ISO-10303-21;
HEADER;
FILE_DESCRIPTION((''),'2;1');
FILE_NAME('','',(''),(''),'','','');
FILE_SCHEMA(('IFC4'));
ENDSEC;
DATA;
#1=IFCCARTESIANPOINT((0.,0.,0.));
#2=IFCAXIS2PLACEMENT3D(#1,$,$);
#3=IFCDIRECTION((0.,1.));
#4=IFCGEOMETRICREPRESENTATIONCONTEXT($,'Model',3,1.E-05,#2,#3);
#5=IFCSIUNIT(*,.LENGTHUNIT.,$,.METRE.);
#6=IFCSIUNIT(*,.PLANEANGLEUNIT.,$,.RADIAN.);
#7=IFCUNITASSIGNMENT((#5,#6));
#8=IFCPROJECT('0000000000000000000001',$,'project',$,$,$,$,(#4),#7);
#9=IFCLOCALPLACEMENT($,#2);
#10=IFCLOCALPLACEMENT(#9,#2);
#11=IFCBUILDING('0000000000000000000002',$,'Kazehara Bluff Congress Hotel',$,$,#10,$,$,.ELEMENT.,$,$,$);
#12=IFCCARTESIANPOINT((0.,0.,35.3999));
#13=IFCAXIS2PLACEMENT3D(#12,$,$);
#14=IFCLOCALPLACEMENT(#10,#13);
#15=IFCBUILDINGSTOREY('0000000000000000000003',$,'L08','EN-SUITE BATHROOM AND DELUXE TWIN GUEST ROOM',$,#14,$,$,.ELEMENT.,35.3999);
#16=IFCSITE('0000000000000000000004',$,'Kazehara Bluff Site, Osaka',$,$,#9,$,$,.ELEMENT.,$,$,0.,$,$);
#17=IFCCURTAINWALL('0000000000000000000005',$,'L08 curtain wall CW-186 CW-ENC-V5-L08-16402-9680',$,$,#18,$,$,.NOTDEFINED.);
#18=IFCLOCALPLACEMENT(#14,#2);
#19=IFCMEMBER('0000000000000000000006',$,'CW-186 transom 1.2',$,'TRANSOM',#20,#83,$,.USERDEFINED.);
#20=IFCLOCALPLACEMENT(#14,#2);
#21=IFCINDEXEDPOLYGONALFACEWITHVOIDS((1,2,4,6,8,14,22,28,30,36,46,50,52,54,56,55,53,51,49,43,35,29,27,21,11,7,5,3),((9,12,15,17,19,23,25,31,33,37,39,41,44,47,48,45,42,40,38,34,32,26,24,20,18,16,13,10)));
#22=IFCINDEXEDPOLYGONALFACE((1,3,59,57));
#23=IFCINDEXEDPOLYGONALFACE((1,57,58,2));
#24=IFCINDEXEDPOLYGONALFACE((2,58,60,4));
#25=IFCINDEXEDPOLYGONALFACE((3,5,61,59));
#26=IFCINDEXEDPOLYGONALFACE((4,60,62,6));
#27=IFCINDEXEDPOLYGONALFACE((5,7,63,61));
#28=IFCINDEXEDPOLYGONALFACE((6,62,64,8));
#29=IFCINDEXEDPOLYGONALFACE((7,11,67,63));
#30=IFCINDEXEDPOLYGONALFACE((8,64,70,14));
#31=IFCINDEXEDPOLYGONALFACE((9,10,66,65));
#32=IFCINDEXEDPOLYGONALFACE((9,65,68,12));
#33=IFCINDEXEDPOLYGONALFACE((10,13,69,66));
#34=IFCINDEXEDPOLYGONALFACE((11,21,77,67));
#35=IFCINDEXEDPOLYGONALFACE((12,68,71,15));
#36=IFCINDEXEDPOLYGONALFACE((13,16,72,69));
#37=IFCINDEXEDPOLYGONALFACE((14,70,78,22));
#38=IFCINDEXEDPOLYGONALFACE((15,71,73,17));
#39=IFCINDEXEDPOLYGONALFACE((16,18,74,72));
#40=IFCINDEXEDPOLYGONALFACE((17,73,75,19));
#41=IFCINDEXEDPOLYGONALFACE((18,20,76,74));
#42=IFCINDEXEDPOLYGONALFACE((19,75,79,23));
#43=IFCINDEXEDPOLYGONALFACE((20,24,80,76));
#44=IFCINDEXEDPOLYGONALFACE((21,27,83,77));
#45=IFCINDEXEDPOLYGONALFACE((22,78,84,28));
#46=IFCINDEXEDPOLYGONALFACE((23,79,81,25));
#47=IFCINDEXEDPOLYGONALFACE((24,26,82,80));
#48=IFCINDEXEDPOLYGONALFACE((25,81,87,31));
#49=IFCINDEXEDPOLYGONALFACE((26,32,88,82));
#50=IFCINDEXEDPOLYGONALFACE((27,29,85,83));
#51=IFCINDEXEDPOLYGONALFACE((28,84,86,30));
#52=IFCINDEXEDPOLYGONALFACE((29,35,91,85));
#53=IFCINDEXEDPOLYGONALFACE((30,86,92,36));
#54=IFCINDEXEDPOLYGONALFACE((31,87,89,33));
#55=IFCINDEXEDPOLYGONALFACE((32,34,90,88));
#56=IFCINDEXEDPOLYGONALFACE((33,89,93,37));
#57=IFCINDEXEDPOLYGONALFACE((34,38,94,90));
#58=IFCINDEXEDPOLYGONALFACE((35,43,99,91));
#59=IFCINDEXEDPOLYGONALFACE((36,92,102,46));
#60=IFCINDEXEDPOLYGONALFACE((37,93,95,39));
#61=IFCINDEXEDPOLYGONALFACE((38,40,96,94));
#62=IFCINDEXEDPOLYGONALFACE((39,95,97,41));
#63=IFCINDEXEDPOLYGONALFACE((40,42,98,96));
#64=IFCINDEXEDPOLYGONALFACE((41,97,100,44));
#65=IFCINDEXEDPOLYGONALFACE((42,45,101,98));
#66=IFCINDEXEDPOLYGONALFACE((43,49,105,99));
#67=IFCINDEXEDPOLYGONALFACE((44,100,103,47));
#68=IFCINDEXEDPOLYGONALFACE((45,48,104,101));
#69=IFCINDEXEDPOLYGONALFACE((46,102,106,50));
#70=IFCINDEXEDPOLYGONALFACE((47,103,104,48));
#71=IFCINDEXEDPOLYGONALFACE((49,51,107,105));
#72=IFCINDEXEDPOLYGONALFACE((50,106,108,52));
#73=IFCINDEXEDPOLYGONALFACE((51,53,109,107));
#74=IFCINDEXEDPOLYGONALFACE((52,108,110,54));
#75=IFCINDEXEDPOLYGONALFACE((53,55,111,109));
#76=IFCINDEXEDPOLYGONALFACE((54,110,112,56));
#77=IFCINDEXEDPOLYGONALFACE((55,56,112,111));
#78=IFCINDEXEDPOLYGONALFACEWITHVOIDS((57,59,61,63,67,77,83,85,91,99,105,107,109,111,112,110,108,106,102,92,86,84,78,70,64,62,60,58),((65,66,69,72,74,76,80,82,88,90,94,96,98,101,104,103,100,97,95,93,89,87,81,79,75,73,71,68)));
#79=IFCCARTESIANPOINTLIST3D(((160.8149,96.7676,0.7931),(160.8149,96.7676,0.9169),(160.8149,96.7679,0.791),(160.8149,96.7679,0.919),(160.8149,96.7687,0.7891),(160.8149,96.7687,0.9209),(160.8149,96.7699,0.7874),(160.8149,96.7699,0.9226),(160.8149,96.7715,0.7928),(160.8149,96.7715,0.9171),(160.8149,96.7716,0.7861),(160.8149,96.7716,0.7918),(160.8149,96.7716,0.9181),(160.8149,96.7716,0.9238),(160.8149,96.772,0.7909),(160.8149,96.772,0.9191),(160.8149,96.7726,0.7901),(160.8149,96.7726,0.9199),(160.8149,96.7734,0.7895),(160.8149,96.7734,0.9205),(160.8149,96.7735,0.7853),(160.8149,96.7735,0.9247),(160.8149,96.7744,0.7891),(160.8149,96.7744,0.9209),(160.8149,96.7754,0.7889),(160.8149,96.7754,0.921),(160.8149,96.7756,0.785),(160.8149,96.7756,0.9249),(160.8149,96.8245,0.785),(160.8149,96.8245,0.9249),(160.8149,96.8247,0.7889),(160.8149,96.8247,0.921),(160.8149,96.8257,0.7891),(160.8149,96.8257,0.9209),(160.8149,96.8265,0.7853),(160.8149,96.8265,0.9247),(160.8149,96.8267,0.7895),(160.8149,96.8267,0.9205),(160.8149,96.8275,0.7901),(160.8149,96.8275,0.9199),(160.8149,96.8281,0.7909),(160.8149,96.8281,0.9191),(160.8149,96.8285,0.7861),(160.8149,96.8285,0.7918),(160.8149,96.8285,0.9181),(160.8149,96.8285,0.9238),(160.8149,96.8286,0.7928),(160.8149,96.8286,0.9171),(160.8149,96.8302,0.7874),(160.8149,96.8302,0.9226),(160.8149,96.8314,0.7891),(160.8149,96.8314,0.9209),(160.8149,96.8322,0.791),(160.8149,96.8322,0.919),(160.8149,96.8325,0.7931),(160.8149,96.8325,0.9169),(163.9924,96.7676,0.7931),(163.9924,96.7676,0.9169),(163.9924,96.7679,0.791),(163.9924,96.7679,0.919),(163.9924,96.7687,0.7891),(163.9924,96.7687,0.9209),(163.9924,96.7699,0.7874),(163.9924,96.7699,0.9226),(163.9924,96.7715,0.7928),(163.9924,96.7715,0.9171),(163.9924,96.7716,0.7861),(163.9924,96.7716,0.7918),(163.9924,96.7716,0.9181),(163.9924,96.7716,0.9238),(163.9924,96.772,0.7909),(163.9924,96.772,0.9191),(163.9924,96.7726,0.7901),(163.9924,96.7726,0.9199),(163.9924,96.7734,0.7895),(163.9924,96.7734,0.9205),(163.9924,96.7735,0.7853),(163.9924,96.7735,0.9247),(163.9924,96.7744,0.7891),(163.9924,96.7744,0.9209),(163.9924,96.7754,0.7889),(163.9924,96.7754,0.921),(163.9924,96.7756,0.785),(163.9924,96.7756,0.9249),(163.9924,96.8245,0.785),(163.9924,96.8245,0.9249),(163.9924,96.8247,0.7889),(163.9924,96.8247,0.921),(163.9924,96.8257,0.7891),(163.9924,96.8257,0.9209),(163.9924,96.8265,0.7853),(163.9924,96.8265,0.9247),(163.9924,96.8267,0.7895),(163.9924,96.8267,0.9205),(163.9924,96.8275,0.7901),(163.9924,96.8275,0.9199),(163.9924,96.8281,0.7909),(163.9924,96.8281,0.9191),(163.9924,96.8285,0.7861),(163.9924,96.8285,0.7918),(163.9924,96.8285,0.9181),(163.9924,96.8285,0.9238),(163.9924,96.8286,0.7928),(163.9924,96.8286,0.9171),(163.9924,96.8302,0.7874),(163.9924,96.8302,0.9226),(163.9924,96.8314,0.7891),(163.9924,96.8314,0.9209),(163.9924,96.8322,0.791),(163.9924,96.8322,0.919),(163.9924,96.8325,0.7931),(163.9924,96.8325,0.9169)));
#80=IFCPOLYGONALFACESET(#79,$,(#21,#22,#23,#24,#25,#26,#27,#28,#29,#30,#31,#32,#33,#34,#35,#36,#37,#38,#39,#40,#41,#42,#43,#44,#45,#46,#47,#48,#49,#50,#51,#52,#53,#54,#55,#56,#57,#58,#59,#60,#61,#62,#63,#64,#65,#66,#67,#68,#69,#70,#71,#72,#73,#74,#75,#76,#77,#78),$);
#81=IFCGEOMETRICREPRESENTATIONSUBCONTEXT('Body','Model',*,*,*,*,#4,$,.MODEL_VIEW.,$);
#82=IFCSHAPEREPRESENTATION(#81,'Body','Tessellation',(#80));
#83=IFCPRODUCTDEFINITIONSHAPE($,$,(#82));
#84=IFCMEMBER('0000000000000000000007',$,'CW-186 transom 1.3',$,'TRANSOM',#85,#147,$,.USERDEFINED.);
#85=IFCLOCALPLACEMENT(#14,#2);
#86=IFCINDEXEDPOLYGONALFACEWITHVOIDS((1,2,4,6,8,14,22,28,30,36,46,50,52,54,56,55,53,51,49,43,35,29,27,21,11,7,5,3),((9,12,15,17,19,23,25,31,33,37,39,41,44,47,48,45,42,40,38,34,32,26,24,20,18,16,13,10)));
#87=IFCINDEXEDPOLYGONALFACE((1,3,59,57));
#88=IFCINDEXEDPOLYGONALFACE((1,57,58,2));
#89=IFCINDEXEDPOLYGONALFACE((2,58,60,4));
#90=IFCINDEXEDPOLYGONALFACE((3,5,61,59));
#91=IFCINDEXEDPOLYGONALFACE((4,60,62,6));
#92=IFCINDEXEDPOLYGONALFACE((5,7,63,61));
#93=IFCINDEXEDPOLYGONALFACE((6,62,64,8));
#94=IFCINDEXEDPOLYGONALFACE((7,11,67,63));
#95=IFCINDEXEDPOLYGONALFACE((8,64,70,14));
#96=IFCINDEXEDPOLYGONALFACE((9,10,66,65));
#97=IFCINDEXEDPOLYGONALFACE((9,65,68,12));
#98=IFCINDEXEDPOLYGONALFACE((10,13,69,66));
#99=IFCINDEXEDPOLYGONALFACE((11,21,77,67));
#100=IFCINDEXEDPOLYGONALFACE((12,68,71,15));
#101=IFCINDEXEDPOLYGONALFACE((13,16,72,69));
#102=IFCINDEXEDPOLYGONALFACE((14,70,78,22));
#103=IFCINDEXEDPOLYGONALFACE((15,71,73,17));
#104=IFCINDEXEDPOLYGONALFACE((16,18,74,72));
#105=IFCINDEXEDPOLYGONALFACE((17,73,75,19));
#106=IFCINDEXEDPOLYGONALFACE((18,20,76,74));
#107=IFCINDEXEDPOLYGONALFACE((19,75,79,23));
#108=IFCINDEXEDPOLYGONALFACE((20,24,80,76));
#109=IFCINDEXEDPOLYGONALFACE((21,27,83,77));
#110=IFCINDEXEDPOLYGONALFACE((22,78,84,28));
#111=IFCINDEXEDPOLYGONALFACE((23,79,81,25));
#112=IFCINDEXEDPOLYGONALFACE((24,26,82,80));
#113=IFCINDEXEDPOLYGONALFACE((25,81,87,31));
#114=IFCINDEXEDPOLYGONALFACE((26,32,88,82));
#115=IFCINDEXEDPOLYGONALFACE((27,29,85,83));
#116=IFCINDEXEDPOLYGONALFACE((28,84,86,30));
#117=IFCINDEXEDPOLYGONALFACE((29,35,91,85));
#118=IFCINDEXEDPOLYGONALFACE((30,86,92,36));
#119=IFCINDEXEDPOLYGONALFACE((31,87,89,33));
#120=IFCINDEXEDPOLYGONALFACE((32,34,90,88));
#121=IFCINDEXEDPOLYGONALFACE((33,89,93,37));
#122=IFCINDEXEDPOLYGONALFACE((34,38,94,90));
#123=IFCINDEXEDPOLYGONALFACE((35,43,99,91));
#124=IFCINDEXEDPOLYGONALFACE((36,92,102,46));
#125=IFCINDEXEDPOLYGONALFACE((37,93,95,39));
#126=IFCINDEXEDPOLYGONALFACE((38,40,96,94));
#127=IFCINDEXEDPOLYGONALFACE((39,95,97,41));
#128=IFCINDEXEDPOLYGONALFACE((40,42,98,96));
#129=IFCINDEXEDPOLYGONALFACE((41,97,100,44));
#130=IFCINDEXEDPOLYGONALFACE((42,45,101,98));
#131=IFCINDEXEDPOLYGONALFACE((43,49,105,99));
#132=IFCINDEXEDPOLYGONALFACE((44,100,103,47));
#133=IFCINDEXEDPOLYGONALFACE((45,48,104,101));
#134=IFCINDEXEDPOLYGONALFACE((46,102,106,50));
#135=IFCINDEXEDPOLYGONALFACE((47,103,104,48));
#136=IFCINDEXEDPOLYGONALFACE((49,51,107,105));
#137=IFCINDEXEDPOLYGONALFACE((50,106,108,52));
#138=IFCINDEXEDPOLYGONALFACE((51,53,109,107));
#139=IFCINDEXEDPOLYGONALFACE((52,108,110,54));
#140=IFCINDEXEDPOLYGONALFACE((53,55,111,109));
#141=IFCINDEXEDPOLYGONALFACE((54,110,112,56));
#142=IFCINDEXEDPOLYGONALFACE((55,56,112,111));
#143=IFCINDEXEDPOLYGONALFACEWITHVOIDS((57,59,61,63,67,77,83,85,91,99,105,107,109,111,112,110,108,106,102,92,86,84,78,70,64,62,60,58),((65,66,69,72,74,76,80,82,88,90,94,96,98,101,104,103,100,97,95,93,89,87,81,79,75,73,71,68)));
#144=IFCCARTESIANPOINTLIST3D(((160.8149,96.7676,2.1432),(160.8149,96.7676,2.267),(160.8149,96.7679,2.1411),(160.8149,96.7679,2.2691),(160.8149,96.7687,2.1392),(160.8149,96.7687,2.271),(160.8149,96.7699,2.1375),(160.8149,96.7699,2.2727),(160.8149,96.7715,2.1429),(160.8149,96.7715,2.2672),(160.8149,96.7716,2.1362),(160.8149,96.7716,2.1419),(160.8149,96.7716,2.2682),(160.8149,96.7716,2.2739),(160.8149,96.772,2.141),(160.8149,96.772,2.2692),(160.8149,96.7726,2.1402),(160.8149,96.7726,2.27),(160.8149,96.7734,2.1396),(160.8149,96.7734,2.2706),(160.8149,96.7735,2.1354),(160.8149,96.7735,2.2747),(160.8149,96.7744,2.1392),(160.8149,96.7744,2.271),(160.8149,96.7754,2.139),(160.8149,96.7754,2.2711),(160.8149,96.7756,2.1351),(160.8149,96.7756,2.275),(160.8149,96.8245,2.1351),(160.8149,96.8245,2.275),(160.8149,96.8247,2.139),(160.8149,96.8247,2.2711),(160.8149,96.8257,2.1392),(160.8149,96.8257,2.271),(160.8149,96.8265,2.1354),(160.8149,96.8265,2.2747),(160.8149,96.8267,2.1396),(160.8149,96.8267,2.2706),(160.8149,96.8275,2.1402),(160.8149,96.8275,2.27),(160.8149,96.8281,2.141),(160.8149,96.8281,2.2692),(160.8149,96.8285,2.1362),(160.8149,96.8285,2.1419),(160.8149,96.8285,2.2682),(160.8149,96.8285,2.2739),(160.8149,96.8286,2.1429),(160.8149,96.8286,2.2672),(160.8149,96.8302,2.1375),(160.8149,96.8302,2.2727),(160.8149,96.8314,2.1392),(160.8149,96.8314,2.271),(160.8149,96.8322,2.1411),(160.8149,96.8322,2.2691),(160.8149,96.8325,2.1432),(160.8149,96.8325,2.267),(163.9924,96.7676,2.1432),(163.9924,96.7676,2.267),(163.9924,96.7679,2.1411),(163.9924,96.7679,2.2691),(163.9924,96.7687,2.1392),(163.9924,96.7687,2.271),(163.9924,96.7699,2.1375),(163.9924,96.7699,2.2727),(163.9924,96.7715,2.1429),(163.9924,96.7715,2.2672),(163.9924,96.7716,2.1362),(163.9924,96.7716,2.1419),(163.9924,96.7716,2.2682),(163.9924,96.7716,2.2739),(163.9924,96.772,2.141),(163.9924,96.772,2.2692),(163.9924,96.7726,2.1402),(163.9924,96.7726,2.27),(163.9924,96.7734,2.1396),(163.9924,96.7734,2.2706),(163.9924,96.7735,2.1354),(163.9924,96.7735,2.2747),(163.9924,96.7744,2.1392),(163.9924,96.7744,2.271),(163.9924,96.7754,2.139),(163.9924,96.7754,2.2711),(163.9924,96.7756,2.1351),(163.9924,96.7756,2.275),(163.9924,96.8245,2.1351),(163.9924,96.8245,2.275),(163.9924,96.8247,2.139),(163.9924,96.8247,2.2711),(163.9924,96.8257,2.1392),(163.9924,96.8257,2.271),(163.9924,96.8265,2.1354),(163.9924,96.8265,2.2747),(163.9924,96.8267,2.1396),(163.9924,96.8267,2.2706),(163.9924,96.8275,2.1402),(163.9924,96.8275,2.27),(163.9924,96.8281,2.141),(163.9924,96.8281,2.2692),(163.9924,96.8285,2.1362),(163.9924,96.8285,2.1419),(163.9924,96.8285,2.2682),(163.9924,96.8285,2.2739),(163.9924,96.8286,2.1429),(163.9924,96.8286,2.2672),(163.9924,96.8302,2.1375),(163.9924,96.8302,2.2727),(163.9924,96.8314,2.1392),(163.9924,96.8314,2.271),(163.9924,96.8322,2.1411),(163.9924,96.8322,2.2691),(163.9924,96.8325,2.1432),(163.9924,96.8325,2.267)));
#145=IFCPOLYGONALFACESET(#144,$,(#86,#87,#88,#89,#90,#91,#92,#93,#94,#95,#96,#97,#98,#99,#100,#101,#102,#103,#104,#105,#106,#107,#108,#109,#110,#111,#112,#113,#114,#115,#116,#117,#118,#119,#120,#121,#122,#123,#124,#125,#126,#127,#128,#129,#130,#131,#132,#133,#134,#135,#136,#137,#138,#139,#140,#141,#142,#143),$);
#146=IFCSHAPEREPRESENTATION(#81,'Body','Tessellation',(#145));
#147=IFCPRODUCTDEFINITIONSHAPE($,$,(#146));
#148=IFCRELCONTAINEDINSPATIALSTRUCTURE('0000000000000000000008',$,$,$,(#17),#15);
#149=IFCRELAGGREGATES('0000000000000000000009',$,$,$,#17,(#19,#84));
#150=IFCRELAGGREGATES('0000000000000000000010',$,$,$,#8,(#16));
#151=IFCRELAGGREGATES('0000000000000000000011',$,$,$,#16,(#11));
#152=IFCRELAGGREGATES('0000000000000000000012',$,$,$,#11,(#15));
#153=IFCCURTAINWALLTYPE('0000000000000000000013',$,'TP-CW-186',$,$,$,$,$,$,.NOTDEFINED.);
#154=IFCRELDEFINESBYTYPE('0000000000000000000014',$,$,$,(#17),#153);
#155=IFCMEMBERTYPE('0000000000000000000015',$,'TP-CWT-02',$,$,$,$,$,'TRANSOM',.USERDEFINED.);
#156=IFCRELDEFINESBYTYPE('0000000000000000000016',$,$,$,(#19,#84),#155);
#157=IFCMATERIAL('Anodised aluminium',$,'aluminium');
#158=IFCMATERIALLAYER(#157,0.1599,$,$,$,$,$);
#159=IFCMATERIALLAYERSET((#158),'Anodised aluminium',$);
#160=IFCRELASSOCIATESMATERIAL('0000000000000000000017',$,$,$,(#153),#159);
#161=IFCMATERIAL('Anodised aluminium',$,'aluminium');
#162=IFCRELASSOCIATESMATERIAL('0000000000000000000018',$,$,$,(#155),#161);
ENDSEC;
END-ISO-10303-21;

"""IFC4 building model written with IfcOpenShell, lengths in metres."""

from ifc_helpers import new_model, si_unit, direction, frame, origin, origin_2d, place, context, subcontext, project, spatial, hollow_rectangle, extrude, material, layer, layer_set, material_profile, profile_set, type_object, element, aggregate, save


model = new_model("IFC4")

# Units and contexts
model_context = context("Model", 3, precision=1e-05, world=origin(), true_north=direction((0.0, 1.0)))
body_context = subcontext(model_context, "Body", "Model", "MODEL_VIEW")
ifc_project = project(units=[si_unit("LENGTHUNIT", "METRE"), si_unit("PLANEANGLEUNIT", "RADIAN")], contexts=[model_context])

# Site, building, storey
site_placement = place(None, origin())
site = spatial("IfcSite", under=ifc_project, at=site_placement, Name="Kazehara Bluff Site, Osaka", CompositionType="ELEMENT", RefElevation=0.0)
building_placement = place(site_placement, origin())
building = spatial("IfcBuilding", under=site, at=building_placement, Name="Kazehara Bluff Congress Hotel", CompositionType="ELEMENT")
storey_placement = place(building_placement, frame((0.0, 0.0, 35.3999)))
storey = spatial("IfcBuildingStorey", under=building, at=storey_placement, Name="L08", Description="EN-SUITE BATHROOM AND DELUXE TWIN GUEST ROOM", CompositionType="ELEMENT", Elevation=35.3999)

# Curtain wall, members
ifc_material_1 = material(Name="Anodised aluminium", Category="aluminium")
ifc_layer_1 = layer(ifc_material_1, 0.1599)
ifc_layer_set_1 = layer_set([ifc_layer_1], Name="Anodised aluminium")
curtain_wall_type = type_object("IfcCurtainWallType", Name="TP-CW-186", PredefinedType="NOTDEFINED", material=ifc_layer_set_1)
curtain_wall_placement = place(storey_placement, origin())
curtain_wall = element("IfcCurtainWall", 1, at=curtain_wall_placement, inside=storey, type_object=curtain_wall_type, Name="L08 curtain wall CW-186 CW-ENC-V5-L08-16402-9680", PredefinedType="NOTDEFINED")
ifc_material_2 = material(Name="Anodised aluminium", Category="aluminium")
ifc_material_profile_1 = material_profile(ifc_material_2, hollow_rectangle(XDim=0.0649, YDim=0.1399, WallThickness=0.0039, InnerFilletRadius=0.0039, OuterFilletRadius=0.0081, at=origin_2d()))
ifc_profile_set_1 = profile_set([ifc_material_profile_1], Name="Anodised aluminium")
member_type_1 = type_object("IfcMemberType", Name="TP-CWT-02", ElementType="TRANSOM", PredefinedType="USERDEFINED", material=ifc_profile_set_1)
member_1_placement = place(storey_placement, frame((160.8149, 96.8, 0.855), z_axis=(1.0, 0.0, 0.0), x_axis=(0.0, 1.0, 0.0)))
member_1 = element("IfcMember", 2, at=member_1_placement, type_object=member_type_1, Name="CW-186 transom 1.2", ObjectType="TRANSOM", PredefinedType="USERDEFINED", context=body_context, shape_type="SweptSolid", body=[
    extrude(hollow_rectangle(XDim=0.0649, YDim=0.1399, WallThickness=0.0039, InnerFilletRadius=0.0039, OuterFilletRadius=0.0081, at=origin_2d()), origin(), (0.0, 0.0, 1.0), 3.1775),
])
member_2_placement = place(storey_placement, frame((160.8149, 96.8, 2.2051), z_axis=(1.0, 0.0, 0.0), x_axis=(0.0, 1.0, 0.0)))
member_2 = element("IfcMember", 3, at=member_2_placement, type_object=member_type_1, Name="CW-186 transom 1.3", ObjectType="TRANSOM", PredefinedType="USERDEFINED", context=body_context, shape_type="SweptSolid", body=[
    extrude(hollow_rectangle(XDim=0.0649, YDim=0.1399, WallThickness=0.0039, InnerFilletRadius=0.0039, OuterFilletRadius=0.0081, at=origin_2d()), origin(), (0.0, 0.0, 1.0), 3.1775),
])

aggregate(curtain_wall, [member_1, member_2])

save(model, "model.ifc")
